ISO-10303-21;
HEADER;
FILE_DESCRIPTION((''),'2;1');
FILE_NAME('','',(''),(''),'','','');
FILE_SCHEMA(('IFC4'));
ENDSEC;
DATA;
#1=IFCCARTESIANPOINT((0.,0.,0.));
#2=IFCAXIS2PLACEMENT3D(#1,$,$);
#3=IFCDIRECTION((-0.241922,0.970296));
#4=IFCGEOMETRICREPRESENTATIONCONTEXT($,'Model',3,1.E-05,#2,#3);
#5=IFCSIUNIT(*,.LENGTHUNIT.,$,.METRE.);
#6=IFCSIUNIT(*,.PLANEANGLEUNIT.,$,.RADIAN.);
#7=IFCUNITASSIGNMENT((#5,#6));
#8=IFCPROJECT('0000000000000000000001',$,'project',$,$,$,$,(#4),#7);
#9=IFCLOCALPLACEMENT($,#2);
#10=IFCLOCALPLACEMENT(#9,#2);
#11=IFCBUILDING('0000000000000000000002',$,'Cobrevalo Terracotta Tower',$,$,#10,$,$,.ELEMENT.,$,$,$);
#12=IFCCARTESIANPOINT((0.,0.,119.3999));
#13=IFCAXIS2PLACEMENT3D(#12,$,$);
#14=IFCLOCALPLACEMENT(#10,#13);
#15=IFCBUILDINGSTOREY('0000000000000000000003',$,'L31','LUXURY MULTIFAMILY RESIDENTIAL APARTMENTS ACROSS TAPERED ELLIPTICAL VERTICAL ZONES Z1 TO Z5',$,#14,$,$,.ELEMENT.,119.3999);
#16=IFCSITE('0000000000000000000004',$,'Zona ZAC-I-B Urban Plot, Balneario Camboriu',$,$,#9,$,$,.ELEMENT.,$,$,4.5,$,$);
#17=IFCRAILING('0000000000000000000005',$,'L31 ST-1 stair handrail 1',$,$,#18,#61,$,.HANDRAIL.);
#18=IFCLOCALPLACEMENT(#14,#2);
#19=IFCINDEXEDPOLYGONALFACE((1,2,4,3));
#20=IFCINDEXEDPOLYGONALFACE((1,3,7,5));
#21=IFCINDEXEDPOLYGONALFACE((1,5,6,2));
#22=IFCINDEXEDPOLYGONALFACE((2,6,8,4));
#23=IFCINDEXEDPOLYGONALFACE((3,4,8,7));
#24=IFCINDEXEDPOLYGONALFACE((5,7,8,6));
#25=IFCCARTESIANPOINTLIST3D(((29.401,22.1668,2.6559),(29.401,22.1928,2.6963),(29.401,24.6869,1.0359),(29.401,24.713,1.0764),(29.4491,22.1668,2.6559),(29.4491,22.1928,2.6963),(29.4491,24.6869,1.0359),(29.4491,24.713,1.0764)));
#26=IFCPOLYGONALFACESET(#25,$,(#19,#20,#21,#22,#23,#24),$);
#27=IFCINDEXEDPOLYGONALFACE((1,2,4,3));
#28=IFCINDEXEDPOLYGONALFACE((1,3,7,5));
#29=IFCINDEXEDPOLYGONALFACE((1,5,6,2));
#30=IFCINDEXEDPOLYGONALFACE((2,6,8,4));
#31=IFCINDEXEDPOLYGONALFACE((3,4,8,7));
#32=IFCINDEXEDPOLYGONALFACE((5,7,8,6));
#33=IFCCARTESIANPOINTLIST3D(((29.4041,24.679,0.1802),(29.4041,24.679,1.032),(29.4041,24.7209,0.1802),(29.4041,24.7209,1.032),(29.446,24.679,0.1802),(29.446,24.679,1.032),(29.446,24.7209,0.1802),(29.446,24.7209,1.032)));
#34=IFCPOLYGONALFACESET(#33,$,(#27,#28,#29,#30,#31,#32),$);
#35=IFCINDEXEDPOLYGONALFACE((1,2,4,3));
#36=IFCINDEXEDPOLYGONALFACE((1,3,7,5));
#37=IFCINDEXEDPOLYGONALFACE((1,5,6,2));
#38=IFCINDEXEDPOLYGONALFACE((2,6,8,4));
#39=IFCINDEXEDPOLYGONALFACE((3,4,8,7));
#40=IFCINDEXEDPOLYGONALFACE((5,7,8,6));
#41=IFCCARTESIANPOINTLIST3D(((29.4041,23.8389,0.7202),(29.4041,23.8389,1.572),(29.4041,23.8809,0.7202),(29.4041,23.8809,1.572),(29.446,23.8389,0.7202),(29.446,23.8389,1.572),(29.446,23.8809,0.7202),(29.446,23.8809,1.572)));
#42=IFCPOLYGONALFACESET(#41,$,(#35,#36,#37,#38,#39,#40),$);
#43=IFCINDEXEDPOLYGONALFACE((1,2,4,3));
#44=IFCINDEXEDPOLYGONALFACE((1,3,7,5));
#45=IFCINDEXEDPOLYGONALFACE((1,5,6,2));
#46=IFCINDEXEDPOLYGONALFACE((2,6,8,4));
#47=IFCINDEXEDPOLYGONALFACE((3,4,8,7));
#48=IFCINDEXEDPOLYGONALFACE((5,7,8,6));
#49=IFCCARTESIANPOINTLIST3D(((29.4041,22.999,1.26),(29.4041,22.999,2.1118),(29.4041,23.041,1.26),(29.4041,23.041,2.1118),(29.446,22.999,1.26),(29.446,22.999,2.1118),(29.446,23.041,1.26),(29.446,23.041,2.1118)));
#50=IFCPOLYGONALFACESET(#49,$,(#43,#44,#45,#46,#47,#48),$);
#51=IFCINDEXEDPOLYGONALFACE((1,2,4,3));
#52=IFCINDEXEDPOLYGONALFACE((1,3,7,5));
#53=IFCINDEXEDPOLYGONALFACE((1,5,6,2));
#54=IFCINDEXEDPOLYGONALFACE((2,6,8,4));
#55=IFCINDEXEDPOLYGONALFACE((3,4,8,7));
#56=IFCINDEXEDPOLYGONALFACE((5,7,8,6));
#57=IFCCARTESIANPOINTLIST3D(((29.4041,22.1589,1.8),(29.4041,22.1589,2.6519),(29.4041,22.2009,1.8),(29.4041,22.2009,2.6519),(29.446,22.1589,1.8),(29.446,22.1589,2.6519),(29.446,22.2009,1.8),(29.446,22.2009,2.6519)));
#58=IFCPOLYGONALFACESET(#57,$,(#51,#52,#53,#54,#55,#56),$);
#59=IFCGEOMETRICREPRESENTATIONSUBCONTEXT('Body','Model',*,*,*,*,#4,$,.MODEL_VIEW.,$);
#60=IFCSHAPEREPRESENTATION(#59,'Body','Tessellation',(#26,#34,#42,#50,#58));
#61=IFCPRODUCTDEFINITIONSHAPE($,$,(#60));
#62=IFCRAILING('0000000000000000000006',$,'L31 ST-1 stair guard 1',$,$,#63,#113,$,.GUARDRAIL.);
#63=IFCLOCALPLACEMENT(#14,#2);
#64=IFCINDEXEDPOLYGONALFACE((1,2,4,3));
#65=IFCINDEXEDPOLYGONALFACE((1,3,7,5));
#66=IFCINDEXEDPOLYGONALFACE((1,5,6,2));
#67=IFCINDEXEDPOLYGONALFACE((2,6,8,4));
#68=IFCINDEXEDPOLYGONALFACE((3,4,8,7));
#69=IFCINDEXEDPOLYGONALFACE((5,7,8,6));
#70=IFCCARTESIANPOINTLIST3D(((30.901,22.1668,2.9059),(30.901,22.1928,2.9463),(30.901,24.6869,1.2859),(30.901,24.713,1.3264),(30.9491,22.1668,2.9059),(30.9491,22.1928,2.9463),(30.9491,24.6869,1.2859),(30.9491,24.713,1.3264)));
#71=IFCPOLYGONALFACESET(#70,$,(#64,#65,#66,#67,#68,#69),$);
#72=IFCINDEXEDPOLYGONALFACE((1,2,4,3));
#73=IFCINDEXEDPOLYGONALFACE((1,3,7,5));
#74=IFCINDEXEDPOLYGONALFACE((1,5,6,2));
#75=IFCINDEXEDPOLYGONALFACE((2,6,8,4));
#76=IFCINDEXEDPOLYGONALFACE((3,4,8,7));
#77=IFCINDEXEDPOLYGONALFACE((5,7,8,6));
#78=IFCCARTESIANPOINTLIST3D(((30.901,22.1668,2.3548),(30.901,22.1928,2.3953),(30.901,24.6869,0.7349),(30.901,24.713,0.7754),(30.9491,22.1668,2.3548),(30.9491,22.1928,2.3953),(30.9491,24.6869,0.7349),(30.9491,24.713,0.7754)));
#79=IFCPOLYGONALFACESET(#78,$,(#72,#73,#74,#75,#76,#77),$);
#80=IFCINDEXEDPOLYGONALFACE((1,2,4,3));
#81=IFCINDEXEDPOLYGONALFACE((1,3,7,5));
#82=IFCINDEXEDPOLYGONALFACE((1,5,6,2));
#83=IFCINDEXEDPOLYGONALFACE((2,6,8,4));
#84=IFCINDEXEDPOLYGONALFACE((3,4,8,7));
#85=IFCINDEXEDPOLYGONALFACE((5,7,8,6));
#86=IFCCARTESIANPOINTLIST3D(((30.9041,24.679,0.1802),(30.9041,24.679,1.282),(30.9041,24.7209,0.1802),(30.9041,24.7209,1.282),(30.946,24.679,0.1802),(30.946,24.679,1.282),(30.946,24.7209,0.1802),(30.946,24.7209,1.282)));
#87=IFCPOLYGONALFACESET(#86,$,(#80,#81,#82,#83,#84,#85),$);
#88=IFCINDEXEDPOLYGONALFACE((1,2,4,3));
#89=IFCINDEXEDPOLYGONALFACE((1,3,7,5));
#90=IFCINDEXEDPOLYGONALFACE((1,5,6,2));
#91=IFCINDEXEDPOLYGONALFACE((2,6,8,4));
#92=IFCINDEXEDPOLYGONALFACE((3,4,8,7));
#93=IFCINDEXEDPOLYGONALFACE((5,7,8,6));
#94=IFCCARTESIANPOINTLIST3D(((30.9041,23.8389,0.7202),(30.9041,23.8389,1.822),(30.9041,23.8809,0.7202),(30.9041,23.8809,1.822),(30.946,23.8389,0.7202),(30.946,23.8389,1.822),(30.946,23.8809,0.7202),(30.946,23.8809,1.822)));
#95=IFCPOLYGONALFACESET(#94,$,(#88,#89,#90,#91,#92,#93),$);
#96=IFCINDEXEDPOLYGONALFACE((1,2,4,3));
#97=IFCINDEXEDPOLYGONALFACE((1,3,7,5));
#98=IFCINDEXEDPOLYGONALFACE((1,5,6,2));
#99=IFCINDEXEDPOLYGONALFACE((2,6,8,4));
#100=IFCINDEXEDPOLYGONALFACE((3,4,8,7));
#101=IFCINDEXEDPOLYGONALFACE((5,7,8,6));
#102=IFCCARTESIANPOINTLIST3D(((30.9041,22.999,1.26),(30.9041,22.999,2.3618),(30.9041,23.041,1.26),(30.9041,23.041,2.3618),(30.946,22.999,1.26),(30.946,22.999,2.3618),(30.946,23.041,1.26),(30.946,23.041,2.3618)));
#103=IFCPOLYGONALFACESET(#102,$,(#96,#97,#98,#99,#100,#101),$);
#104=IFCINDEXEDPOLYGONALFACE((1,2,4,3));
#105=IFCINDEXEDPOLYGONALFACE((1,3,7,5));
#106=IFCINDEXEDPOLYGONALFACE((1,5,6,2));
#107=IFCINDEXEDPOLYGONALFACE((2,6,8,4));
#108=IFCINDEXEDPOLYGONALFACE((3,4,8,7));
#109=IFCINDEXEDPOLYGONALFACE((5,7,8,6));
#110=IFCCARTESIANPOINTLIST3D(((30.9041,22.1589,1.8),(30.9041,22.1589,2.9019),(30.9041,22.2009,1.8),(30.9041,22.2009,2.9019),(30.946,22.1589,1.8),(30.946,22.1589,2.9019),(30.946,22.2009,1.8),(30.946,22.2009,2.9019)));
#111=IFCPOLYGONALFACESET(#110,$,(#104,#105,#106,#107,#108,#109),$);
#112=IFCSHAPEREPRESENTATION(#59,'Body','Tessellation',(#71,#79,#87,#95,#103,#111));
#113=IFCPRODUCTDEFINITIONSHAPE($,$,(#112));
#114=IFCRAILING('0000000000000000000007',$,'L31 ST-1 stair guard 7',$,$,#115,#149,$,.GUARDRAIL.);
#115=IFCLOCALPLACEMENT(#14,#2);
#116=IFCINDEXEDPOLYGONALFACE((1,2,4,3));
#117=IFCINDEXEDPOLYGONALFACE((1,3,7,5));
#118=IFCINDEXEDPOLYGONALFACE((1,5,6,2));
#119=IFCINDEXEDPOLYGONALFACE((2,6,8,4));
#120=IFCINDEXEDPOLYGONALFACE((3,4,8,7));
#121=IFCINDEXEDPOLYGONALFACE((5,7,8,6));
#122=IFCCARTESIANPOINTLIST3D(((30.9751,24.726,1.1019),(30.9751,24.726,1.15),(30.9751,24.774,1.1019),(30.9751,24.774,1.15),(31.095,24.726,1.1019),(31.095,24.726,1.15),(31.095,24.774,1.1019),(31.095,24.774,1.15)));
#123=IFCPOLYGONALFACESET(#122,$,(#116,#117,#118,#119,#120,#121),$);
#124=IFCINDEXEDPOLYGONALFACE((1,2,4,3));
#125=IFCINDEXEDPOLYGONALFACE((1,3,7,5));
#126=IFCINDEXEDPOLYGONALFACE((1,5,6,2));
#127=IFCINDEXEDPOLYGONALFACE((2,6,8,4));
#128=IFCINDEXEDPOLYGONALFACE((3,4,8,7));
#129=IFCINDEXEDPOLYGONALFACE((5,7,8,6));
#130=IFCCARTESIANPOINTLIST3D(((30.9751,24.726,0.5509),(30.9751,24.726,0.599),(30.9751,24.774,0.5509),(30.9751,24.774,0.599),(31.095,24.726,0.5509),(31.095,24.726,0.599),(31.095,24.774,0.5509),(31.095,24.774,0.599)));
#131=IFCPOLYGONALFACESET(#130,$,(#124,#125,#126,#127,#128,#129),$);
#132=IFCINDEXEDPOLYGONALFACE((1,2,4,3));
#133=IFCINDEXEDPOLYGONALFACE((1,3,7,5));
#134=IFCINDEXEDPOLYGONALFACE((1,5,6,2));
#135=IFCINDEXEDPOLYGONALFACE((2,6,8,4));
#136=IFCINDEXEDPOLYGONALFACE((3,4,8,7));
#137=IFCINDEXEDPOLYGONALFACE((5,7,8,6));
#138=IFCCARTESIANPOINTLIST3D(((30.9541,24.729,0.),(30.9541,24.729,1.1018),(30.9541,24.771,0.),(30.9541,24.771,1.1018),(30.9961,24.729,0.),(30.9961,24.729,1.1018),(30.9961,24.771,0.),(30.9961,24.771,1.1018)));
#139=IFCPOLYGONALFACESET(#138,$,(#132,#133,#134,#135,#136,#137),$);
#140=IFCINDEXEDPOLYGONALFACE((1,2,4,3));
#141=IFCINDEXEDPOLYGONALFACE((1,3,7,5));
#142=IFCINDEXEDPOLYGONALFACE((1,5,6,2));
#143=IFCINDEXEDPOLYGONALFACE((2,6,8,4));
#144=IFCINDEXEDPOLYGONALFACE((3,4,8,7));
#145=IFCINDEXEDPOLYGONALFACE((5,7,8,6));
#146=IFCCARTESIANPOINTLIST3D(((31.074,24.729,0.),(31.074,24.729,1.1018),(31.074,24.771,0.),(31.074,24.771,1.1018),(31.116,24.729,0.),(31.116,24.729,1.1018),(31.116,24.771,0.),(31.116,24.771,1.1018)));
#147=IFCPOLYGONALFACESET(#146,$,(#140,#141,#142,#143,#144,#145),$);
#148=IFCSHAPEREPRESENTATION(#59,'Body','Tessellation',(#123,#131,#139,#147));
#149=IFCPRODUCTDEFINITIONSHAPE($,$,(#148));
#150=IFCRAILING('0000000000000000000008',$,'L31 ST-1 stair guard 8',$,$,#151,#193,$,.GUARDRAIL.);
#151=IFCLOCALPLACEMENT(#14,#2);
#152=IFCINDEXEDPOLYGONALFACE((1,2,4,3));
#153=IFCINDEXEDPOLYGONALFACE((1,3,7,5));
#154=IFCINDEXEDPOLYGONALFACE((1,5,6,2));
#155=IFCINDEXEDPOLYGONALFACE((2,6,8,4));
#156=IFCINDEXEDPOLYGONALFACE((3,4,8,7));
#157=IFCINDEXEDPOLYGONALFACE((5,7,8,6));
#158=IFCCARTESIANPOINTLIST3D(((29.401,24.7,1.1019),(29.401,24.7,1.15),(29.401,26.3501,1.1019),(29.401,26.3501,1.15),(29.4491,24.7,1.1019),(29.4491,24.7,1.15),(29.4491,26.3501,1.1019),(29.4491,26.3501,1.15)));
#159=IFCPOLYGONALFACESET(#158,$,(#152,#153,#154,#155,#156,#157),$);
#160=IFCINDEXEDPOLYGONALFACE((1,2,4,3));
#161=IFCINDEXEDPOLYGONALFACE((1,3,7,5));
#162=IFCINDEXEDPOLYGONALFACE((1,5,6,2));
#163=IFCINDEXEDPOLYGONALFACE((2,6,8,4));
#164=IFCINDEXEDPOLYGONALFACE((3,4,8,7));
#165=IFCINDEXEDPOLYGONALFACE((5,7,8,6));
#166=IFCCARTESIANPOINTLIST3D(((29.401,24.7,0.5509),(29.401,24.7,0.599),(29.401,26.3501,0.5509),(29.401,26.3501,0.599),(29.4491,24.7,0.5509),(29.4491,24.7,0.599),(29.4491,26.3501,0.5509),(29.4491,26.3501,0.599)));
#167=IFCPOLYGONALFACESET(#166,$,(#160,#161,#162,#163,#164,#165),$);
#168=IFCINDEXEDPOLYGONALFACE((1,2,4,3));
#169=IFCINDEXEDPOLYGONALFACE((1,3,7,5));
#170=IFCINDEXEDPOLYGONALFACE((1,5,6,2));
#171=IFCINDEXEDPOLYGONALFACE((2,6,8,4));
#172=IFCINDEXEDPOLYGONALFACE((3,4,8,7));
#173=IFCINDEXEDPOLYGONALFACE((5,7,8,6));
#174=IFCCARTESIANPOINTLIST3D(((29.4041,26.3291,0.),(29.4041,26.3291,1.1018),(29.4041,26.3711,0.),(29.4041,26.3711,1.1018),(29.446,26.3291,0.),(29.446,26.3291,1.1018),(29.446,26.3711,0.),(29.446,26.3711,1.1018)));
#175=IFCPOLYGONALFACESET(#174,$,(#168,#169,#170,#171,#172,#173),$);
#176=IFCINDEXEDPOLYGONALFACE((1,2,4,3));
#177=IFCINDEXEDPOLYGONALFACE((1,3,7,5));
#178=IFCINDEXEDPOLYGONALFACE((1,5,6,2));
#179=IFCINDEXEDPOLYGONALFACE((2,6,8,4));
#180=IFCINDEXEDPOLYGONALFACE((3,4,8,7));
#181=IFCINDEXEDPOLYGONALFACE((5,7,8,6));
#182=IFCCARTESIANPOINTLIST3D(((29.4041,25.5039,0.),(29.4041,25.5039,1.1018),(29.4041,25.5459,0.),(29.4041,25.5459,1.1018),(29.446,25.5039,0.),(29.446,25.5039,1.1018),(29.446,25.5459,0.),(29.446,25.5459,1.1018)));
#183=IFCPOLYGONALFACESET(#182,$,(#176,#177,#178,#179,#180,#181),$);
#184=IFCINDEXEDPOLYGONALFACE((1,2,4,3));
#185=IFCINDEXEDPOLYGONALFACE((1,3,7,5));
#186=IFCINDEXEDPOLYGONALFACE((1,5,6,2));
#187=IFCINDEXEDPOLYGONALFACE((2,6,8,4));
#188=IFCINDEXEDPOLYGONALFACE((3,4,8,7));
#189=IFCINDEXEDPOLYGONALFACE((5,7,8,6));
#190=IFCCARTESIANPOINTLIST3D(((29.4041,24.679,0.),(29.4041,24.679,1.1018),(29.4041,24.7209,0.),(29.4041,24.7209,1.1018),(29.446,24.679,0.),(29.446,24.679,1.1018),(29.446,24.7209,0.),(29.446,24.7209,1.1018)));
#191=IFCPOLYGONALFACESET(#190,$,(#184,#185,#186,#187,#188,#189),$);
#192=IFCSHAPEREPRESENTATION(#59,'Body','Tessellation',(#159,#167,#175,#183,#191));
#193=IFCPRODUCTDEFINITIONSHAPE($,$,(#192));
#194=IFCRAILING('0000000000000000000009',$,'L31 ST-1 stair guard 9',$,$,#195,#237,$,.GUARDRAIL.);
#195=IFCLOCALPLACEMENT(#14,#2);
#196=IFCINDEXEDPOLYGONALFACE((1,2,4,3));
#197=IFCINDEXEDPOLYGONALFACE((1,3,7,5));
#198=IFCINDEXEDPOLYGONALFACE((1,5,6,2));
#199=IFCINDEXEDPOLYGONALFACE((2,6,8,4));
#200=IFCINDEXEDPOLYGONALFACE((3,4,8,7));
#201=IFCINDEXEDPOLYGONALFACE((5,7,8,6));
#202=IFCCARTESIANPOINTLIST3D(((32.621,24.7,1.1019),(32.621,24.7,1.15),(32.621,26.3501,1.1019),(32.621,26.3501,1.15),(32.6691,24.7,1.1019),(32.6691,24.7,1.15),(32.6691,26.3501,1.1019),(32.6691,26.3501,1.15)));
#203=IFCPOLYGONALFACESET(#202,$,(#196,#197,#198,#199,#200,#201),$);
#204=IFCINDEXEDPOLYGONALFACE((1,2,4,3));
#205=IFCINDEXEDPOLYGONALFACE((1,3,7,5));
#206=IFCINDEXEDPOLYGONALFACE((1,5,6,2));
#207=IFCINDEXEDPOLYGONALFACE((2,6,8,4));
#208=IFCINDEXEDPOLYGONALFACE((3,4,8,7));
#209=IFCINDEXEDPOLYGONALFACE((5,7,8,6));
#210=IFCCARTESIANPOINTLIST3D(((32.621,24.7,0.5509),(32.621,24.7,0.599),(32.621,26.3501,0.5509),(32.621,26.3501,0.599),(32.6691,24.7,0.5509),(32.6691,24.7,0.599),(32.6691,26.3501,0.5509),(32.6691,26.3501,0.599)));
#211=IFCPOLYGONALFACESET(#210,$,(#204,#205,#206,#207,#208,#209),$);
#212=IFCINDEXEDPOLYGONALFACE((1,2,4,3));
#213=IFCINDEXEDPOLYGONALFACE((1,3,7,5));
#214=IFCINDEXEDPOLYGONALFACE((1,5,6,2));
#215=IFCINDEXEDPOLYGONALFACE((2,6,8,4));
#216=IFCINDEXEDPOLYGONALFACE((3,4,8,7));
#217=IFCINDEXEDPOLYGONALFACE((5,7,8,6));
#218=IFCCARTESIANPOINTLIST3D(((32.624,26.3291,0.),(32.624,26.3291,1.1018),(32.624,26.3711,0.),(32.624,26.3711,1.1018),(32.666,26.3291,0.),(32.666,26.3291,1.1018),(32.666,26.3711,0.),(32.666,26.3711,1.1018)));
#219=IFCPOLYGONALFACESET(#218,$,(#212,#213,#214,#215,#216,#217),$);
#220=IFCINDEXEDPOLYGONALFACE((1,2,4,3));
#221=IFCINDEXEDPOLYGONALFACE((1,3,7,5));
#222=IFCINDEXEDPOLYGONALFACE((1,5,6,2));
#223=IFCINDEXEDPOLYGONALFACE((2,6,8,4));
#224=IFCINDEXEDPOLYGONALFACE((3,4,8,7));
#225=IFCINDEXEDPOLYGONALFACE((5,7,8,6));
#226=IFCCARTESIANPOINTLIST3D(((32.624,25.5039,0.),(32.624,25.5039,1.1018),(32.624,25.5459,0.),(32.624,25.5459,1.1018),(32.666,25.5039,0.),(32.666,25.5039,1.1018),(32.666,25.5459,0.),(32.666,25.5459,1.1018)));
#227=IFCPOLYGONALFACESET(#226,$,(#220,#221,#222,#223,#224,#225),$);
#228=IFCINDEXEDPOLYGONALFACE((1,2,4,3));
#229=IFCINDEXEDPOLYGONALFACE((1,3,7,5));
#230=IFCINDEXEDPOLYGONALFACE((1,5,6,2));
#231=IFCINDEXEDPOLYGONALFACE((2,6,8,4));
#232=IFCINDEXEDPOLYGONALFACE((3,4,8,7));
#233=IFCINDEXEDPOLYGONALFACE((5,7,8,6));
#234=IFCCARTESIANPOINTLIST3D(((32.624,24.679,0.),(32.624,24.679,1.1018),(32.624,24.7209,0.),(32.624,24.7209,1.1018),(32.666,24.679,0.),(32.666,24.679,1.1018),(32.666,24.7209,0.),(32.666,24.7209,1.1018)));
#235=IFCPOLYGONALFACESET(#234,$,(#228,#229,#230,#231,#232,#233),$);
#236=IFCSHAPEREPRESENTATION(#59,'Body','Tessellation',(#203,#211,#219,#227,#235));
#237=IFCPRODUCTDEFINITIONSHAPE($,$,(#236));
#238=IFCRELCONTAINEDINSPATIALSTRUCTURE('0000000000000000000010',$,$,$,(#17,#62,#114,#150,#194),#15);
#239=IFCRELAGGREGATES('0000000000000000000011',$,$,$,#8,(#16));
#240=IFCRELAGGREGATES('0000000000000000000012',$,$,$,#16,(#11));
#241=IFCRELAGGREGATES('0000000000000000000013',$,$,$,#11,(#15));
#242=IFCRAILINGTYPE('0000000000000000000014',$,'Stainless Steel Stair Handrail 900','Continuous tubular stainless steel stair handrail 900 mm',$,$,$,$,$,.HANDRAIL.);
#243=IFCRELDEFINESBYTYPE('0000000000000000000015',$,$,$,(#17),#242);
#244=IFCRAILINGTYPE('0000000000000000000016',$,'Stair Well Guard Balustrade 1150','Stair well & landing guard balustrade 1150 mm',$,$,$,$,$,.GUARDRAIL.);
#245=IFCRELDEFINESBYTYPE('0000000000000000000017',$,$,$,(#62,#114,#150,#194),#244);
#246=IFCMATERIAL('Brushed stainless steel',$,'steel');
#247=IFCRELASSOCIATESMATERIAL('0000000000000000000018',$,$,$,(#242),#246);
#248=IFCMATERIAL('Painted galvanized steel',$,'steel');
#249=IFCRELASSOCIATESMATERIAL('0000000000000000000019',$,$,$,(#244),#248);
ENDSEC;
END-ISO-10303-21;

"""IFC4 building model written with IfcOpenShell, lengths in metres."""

from ifc_helpers import new_model, si_unit, direction, frame, origin, origin_2d, place, context, subcontext, project, spatial, rectangle, extrude, material, type_object, element, save


model = new_model("IFC4")

# Units and contexts
model_context = context("Model", 3, precision=1e-05, world=origin(), true_north=direction((-0.241922, 0.970296)))
body_context = subcontext(model_context, "Body", "Model", "MODEL_VIEW")
ifc_project = project(units=[si_unit("LENGTHUNIT", "METRE"), si_unit("PLANEANGLEUNIT", "RADIAN")], contexts=[model_context])

# Site, building, storey
site_placement = place(None, origin())
site = spatial("IfcSite", under=ifc_project, at=site_placement, Name="Zona ZAC-I-B Urban Plot, Balneario Camboriu", CompositionType="ELEMENT", RefElevation=4.5)
building_placement = place(site_placement, origin())
building = spatial("IfcBuilding", under=site, at=building_placement, Name="Cobrevalo Terracotta Tower", CompositionType="ELEMENT")
storey_placement = place(building_placement, frame((0.0, 0.0, 119.3999)))
storey = spatial("IfcBuildingStorey", under=building, at=storey_placement, Name="L31", Description="LUXURY MULTIFAMILY RESIDENTIAL APARTMENTS ACROSS TAPERED ELLIPTICAL VERTICAL ZONES Z1 TO Z5", CompositionType="ELEMENT", Elevation=119.3999)

# Shared definitions
ifc_material_1 = material(Name="Brushed stainless steel", Category="steel")

# Railings
railing_type_1 = type_object("IfcRailingType", Name="Stainless Steel Stair Handrail 900", Description="Continuous tubular stainless steel stair handrail 900 mm", PredefinedType="HANDRAIL", material=ifc_material_1)
railing_1_placement = place(storey_placement, frame((29.425, 24.7, 0.1802)))
element("IfcRailing", 1, at=railing_1_placement, inside=storey, type_object=railing_type_1, Name="L31 ST-1 stair handrail 1", PredefinedType="HANDRAIL", context=body_context, shape_type="SweptSolid", body=[
    extrude(rectangle(XDim=0.0481, YDim=0.0481, at=origin_2d()), frame((0.0, 0.0, 0.876), z_axis=(0.0, -0.8412, 0.540725), x_axis=(1.0, 0.0, 0.0)), (0.0, 0.0, 1.0), 2.9958),
    extrude(rectangle(XDim=0.042, YDim=0.042, at=origin_2d()), origin(), (0.0, 0.0, 1.0), 0.8518),
    extrude(rectangle(XDim=0.042, YDim=0.042, at=origin_2d()), frame((0.0, -0.8401, 0.54)), (0.0, 0.0, 1.0), 0.8518),
    extrude(rectangle(XDim=0.042, YDim=0.042, at=origin_2d()), frame((0.0, -1.6799, 1.0798)), (0.0, 0.0, 1.0), 0.8518),
    extrude(rectangle(XDim=0.042, YDim=0.042, at=origin_2d()), frame((0.0, -2.52, 1.6199)), (0.0, 0.0, 1.0), 0.8518),
])
ifc_material_2 = material(Name="Painted galvanized steel", Category="steel")
railing_type_2 = type_object("IfcRailingType", Name="Stair Well Guard Balustrade 1150", Description="Stair well & landing guard balustrade 1150 mm", PredefinedType="GUARDRAIL", material=ifc_material_2)
railing_2_placement = place(storey_placement, frame((30.925, 24.7, 0.1802)))
element("IfcRailing", 2, at=railing_2_placement, inside=storey, type_object=railing_type_2, Name="L31 ST-1 stair guard 1", PredefinedType="GUARDRAIL", context=body_context, shape_type="SweptSolid", body=[
    extrude(rectangle(XDim=0.0481, YDim=0.0481, at=origin_2d()), frame((0.0, 0.0, 1.126), z_axis=(0.0, -0.8412, 0.540725), x_axis=(1.0, 0.0, 0.0)), (0.0, 0.0, 1.0), 2.9958),
    extrude(rectangle(XDim=0.0481, YDim=0.0481, at=origin_2d()), frame((0.0, 0.0, 0.575), z_axis=(0.0, -0.8412, 0.540725), x_axis=(1.0, 0.0, 0.0)), (0.0, 0.0, 1.0), 2.9958),
    extrude(rectangle(XDim=0.042, YDim=0.042, at=origin_2d()), origin(), (0.0, 0.0, 1.0), 1.1018),
    extrude(rectangle(XDim=0.042, YDim=0.042, at=origin_2d()), frame((0.0, -0.8401, 0.54)), (0.0, 0.0, 1.0), 1.1018),
    extrude(rectangle(XDim=0.042, YDim=0.042, at=origin_2d()), frame((0.0, -1.6799, 1.0798)), (0.0, 0.0, 1.0), 1.1018),
    extrude(rectangle(XDim=0.042, YDim=0.042, at=origin_2d()), frame((0.0, -2.52, 1.6199)), (0.0, 0.0, 1.0), 1.1018),
])
railing_3_placement = place(storey_placement, frame((30.9751, 24.75, 0.0)))
element("IfcRailing", 3, at=railing_3_placement, inside=storey, type_object=railing_type_2, Name="L31 ST-1 stair guard 7", PredefinedType="GUARDRAIL", context=body_context, shape_type="SweptSolid", body=[
    extrude(rectangle(XDim=0.0481, YDim=0.0481, at=origin_2d()), frame((0.0, 0.0, 1.126), z_axis=(1.0, 0.0, 0.0), x_axis=(0.0, 1.0, 0.0)), (0.0, 0.0, 1.0), 0.1199),
    extrude(rectangle(XDim=0.0481, YDim=0.0481, at=origin_2d()), frame((0.0, 0.0, 0.575), z_axis=(1.0, 0.0, 0.0), x_axis=(0.0, 1.0, 0.0)), (0.0, 0.0, 1.0), 0.1199),
    extrude(rectangle(XDim=0.042, YDim=0.042, at=origin_2d()), origin(), (0.0, 0.0, 1.0), 1.1018),
    extrude(rectangle(XDim=0.042, YDim=0.042, at=origin_2d()), frame((0.1199, 0.0, 0.0)), (0.0, 0.0, 1.0), 1.1018),
])
for number, where, name in (
    (4, (29.425, 26.3501, 0.0), "L31 ST-1 stair guard 8"),
    (5, (32.645, 26.3501, 0.0), "L31 ST-1 stair guard 9"),
):
    element("IfcRailing", number, at=place(storey_placement, frame(where)), inside=storey, type_object=railing_type_2, Name=name, PredefinedType="GUARDRAIL", context=body_context, shape_type="SweptSolid", body=[
        extrude(rectangle(XDim=0.0481, YDim=0.0481, at=origin_2d()), frame((0.0, 0.0, 1.126), z_axis=(0.0, -1.0, 0.0), x_axis=(1.0, 0.0, 0.0)), (0.0, 0.0, 1.0), 1.6501),
        extrude(rectangle(XDim=0.0481, YDim=0.0481, at=origin_2d()), frame((0.0, 0.0, 0.575), z_axis=(0.0, -1.0, 0.0), x_axis=(1.0, 0.0, 0.0)), (0.0, 0.0, 1.0), 1.6501),
        extrude(rectangle(XDim=0.042, YDim=0.042, at=origin_2d()), origin(), (0.0, 0.0, 1.0), 1.1018),
        extrude(rectangle(XDim=0.042, YDim=0.042, at=origin_2d()), frame((0.0, -0.8252, 0.0)), (0.0, 0.0, 1.0), 1.1018),
        extrude(rectangle(XDim=0.042, YDim=0.042, at=origin_2d()), frame((0.0, -1.6501, 0.0)), (0.0, 0.0, 1.0), 1.1018),
    ])

save(model, "model.ifc")
